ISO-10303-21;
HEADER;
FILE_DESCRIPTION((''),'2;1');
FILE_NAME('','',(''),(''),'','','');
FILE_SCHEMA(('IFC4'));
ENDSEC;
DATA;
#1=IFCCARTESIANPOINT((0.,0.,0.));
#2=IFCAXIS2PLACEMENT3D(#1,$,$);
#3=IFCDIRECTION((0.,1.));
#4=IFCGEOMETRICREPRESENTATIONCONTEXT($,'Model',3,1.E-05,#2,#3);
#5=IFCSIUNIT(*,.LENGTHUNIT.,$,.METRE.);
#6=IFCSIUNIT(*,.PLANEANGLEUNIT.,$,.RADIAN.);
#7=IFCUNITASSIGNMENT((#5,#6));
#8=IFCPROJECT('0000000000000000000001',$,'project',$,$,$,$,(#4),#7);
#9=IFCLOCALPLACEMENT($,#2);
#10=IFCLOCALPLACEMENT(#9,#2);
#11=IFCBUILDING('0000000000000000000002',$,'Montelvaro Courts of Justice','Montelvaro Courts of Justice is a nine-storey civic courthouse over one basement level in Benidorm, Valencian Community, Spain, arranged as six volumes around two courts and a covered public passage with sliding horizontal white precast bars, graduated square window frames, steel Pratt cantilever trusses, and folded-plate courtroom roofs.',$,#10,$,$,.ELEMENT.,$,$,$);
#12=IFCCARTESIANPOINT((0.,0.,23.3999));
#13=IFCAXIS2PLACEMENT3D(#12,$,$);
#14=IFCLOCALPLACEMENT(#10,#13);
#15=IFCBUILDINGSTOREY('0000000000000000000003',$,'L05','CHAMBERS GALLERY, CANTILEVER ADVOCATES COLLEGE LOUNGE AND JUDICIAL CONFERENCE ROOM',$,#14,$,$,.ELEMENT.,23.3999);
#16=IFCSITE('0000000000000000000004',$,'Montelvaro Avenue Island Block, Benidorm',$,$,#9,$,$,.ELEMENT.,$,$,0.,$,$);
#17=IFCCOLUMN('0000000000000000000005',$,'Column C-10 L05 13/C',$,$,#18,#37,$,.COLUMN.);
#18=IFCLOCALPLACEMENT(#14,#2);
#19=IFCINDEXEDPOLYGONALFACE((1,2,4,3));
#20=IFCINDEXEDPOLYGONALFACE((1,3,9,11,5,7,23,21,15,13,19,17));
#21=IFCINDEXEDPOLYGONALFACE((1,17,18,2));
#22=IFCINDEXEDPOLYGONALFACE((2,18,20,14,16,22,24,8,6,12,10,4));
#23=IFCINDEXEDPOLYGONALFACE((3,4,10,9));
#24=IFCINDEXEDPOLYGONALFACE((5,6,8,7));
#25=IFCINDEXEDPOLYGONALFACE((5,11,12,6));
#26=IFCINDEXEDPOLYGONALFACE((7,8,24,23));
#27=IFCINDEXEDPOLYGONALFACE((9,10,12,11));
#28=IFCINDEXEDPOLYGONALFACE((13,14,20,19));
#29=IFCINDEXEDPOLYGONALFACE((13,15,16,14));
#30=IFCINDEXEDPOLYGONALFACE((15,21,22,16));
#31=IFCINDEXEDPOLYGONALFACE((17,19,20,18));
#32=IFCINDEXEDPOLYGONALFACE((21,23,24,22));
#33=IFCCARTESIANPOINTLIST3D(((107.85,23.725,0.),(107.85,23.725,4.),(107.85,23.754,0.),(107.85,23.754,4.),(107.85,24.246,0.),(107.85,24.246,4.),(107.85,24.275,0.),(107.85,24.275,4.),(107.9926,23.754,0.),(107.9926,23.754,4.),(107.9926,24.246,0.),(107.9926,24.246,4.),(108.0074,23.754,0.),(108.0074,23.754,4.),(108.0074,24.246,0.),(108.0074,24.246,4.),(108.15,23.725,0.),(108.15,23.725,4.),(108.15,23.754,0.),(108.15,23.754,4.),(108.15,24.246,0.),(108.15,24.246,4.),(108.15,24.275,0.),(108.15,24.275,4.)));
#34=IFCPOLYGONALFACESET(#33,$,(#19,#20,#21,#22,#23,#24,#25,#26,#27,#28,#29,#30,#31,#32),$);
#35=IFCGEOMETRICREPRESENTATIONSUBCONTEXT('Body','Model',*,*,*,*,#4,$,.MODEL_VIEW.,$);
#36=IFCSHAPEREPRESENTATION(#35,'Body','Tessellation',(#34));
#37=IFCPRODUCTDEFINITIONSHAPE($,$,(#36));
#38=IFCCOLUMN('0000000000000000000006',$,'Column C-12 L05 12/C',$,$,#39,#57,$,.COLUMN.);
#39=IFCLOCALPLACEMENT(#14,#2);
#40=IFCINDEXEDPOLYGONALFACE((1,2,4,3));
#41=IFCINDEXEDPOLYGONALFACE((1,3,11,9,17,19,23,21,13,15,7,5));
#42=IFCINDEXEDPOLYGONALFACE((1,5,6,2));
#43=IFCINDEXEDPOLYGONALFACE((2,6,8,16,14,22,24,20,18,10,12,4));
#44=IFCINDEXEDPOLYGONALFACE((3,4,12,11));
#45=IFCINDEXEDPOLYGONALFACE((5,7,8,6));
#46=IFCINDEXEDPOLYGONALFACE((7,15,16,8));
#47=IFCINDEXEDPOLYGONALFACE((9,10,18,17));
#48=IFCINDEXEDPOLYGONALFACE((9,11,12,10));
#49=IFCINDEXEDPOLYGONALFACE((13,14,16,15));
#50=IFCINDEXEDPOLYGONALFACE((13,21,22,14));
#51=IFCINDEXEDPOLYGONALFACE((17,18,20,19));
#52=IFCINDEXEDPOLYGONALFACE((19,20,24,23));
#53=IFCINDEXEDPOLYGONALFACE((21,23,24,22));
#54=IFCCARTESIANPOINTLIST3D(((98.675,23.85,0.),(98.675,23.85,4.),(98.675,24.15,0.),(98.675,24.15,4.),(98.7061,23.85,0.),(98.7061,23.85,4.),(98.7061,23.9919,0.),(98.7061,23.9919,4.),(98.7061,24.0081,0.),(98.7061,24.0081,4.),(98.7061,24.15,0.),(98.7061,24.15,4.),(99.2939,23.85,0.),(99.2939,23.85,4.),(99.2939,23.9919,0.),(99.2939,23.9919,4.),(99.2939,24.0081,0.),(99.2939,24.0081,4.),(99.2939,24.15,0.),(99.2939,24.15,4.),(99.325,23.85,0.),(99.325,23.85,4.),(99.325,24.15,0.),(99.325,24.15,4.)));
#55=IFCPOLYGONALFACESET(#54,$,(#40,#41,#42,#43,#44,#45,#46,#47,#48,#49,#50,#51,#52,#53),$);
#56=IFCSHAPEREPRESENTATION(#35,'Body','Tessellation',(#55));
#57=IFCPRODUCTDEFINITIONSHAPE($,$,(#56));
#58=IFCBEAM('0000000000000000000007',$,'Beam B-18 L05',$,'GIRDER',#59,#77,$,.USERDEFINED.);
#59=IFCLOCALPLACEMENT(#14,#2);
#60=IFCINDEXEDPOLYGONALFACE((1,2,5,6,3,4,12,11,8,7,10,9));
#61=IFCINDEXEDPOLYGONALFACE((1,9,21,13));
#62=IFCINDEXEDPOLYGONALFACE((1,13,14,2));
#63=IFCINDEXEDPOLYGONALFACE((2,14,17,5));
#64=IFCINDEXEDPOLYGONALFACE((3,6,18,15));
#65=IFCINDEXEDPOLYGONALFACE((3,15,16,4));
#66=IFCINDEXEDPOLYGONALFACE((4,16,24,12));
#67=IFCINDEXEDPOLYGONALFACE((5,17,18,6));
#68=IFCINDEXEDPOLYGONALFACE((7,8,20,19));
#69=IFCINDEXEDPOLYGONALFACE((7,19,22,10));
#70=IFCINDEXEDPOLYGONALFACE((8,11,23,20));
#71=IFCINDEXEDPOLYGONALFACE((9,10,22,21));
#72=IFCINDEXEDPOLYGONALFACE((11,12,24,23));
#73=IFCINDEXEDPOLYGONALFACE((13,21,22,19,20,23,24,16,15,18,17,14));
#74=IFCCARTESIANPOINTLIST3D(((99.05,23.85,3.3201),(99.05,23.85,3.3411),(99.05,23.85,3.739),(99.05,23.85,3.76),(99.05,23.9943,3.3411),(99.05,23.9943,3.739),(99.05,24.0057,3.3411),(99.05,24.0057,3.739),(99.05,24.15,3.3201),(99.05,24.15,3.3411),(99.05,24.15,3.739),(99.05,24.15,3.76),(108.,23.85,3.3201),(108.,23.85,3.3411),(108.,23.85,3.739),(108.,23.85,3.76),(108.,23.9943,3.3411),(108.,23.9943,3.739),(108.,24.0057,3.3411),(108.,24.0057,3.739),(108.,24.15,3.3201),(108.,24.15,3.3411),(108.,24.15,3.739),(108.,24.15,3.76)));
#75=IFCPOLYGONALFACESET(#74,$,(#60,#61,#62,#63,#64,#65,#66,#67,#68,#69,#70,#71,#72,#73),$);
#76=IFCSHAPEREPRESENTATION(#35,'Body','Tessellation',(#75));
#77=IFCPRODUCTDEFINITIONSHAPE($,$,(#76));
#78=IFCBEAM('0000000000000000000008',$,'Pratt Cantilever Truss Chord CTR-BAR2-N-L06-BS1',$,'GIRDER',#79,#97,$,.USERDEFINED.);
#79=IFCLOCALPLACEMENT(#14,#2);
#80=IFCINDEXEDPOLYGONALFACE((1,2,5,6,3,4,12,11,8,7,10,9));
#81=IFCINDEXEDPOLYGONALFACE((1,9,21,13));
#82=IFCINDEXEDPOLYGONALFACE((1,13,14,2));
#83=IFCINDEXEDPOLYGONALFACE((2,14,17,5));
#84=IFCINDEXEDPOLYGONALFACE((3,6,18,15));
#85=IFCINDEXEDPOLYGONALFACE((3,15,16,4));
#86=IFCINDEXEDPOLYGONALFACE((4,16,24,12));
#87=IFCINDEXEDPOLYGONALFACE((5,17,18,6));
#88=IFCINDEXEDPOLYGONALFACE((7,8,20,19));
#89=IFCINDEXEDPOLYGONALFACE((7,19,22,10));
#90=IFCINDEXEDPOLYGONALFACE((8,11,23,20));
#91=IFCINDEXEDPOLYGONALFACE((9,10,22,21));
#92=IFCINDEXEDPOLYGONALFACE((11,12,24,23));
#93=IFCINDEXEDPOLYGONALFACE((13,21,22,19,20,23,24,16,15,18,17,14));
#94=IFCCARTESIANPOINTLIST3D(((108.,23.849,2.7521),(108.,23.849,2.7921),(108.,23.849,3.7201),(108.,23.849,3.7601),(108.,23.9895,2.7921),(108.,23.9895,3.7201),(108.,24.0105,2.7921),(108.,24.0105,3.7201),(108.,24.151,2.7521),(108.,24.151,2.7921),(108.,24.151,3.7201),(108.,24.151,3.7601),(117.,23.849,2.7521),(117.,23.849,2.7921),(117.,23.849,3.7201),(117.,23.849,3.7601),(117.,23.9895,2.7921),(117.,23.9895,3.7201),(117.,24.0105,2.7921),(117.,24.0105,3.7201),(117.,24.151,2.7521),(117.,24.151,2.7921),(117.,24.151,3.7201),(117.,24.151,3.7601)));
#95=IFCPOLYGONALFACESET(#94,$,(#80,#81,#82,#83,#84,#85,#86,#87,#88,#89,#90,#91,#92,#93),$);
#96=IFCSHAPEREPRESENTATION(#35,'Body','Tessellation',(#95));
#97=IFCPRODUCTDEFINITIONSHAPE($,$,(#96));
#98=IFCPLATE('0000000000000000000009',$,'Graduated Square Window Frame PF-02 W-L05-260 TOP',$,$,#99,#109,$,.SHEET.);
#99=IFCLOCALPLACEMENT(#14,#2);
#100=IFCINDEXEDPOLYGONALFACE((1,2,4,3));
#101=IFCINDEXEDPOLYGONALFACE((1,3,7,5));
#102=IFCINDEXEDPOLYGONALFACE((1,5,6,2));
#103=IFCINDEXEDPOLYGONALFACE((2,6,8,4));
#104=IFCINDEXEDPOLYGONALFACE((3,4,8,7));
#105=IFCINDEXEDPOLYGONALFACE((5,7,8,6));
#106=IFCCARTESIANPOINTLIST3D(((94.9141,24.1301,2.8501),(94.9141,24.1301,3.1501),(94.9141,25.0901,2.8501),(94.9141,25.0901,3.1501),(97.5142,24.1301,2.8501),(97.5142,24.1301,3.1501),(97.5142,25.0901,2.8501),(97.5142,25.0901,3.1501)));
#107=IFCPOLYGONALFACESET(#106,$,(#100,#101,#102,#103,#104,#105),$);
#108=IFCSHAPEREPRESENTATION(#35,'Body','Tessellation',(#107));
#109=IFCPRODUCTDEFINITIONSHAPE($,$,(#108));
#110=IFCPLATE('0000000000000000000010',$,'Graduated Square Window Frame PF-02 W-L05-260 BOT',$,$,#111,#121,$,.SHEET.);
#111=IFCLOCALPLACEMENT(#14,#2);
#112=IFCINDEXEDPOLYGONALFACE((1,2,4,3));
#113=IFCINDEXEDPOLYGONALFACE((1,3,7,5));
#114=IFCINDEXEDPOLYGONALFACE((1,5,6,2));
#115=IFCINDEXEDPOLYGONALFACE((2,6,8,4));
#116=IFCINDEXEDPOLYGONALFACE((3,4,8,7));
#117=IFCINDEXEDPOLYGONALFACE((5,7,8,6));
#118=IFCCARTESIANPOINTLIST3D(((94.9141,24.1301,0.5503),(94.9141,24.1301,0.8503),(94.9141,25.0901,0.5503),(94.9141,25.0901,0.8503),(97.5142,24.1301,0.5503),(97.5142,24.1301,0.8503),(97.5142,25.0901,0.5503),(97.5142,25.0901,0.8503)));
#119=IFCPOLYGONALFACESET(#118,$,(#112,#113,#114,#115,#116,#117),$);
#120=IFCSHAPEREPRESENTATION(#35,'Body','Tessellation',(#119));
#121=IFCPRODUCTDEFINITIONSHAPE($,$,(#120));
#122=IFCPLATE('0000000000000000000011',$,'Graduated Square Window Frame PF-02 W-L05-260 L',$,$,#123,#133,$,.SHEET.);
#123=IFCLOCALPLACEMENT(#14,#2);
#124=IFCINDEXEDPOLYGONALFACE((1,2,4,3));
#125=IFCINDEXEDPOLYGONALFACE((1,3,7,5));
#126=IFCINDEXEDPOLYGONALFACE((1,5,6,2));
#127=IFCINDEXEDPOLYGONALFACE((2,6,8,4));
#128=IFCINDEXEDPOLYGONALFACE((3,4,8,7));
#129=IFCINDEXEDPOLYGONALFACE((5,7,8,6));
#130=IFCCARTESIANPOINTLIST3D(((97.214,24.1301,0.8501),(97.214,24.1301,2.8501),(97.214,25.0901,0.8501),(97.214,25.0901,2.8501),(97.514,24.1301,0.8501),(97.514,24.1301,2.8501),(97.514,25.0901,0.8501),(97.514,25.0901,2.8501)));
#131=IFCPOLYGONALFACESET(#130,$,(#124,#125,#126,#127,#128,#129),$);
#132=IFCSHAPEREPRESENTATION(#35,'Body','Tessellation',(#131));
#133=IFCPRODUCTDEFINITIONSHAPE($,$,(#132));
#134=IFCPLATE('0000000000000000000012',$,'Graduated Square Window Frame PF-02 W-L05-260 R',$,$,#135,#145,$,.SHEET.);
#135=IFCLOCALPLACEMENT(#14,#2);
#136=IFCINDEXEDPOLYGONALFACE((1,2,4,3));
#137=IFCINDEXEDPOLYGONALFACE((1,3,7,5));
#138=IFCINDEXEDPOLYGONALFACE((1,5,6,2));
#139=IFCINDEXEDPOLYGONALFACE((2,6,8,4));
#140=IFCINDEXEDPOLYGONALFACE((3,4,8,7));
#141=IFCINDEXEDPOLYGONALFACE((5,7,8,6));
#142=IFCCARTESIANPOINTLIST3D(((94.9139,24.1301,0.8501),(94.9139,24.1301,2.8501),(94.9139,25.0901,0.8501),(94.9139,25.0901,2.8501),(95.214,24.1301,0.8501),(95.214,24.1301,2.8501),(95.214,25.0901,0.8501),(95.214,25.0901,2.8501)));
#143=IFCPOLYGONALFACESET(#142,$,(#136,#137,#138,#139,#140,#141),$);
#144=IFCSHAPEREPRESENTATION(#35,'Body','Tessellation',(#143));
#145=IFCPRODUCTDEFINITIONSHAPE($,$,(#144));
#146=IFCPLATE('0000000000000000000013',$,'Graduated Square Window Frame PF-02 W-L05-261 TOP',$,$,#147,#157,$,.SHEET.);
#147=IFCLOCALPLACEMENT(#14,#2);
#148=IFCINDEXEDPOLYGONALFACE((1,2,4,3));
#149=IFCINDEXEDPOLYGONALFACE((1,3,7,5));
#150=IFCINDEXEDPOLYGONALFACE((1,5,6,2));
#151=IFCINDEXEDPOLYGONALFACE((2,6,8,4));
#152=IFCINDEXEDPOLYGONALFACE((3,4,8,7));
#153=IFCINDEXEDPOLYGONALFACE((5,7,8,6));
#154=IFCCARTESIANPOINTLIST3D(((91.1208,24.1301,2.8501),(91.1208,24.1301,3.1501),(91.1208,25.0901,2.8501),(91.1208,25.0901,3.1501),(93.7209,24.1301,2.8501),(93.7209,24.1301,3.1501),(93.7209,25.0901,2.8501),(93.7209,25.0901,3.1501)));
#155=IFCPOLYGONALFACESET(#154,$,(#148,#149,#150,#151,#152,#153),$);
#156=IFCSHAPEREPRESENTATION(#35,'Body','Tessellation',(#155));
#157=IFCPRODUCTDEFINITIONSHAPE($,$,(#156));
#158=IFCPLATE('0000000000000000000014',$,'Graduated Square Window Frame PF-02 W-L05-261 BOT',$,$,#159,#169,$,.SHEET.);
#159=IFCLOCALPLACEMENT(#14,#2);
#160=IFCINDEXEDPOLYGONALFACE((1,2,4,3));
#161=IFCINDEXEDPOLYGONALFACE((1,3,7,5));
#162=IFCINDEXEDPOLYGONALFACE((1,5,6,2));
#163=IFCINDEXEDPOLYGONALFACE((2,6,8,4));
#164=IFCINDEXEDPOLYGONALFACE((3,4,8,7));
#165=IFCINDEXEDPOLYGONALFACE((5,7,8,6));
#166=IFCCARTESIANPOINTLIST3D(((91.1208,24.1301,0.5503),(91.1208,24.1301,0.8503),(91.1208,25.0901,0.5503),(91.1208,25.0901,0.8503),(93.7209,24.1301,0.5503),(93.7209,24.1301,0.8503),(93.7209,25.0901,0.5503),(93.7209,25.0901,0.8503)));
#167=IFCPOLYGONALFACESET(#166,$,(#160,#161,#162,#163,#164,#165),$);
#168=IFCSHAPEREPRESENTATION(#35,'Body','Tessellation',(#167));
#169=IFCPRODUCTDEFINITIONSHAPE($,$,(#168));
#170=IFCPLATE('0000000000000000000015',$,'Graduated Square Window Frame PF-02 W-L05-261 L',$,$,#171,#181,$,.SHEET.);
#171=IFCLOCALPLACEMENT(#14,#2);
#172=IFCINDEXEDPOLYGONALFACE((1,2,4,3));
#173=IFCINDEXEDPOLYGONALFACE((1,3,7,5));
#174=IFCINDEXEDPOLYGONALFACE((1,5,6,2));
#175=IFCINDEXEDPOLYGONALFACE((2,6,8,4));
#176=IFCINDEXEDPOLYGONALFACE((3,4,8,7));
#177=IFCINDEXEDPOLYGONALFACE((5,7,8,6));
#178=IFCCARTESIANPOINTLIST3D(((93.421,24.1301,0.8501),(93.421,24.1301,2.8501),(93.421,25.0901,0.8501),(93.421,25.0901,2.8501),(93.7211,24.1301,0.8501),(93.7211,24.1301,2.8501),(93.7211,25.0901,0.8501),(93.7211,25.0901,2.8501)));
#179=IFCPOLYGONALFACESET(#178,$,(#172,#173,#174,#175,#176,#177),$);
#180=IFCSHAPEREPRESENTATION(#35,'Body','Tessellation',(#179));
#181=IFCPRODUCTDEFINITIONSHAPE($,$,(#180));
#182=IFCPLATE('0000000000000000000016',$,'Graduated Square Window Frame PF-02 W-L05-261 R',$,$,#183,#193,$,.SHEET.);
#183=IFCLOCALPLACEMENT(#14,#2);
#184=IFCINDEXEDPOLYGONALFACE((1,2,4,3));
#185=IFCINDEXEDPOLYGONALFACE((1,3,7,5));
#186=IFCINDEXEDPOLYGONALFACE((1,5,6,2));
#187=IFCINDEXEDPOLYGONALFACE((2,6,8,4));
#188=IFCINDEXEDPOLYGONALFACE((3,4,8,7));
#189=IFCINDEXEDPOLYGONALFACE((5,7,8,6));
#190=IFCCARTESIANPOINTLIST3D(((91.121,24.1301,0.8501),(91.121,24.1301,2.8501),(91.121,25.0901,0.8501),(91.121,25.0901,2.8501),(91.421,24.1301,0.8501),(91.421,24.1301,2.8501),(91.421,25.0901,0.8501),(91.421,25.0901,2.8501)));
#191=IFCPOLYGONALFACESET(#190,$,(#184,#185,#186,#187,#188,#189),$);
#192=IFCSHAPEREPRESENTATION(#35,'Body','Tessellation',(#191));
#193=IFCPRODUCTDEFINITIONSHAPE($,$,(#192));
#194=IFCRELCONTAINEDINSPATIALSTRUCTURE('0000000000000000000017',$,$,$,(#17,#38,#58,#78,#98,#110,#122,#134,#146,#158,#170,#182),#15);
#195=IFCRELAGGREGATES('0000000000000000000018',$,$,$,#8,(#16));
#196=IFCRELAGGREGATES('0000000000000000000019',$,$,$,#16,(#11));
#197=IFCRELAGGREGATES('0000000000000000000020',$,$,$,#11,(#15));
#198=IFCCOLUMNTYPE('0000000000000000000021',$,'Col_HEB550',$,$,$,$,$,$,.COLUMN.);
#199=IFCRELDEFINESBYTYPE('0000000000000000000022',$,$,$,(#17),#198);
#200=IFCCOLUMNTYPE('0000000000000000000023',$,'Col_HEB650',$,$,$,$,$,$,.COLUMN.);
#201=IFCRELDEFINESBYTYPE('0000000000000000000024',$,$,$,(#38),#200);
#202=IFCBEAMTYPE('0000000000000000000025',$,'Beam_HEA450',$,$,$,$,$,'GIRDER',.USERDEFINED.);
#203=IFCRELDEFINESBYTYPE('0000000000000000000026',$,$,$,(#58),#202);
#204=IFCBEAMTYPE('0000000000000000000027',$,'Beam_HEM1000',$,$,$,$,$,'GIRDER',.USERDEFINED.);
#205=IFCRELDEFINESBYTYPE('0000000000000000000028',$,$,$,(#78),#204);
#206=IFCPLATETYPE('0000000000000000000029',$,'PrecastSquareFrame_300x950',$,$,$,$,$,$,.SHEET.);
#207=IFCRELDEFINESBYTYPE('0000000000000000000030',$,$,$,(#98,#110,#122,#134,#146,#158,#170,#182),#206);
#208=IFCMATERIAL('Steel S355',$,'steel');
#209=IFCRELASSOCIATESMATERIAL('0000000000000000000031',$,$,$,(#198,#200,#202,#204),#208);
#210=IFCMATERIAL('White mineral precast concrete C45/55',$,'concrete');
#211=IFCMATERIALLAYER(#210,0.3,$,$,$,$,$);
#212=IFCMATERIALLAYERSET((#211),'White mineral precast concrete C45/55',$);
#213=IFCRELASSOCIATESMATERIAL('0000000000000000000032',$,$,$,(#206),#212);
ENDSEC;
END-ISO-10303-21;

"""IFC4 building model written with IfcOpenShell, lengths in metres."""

from ifc_helpers import new_model, si_unit, direction, frame, origin, origin_2d, place, context, subcontext, project, spatial, rectangle, i_section, extrude, material, layer, layer_set, material_profile, profile_set, type_object, element, save


model = new_model("IFC4")

# Units and contexts
model_context = context("Model", 3, precision=1e-05, world=origin(), true_north=direction((0.0, 1.0)))
body_context = subcontext(model_context, "Body", "Model", "MODEL_VIEW")
ifc_project = project(units=[si_unit("LENGTHUNIT", "METRE"), si_unit("PLANEANGLEUNIT", "RADIAN")], contexts=[model_context])

# Site, building, storey
site_placement = place(None, origin())
site = spatial("IfcSite", under=ifc_project, at=site_placement, Name="Montelvaro Avenue Island Block, Benidorm", CompositionType="ELEMENT", RefElevation=0.0)
building_placement = place(site_placement, origin())
building = spatial("IfcBuilding", under=site, at=building_placement, Name="Montelvaro Courts of Justice", Description="Montelvaro Courts of Justice is a nine-storey civic courthouse over one basement level in Benidorm, Valencian Community, Spain, arranged as six volumes around two courts and a covered public passage with sliding horizontal white precast bars, graduated square window frames, steel Pratt cantilever trusses, and folded-plate courtroom roofs.", CompositionType="ELEMENT")
storey_placement = place(building_placement, frame((0.0, 0.0, 23.3999)))
storey = spatial("IfcBuildingStorey", under=building, at=storey_placement, Name="L05", Description="CHAMBERS GALLERY, CANTILEVER ADVOCATES COLLEGE LOUNGE AND JUDICIAL CONFERENCE ROOM", CompositionType="ELEMENT", Elevation=23.3999)

# Columns
ifc_material_1 = material(Name="Steel S355", Category="steel")
ifc_material_profile_1 = material_profile(ifc_material_1, i_section(OverallWidth=0.3, OverallDepth=0.55, WebThickness=0.0149, FlangeThickness=0.0291, at=origin_2d()), Name="HEB 550")
ifc_profile_set_1 = profile_set([ifc_material_profile_1], Name="Steel S355")
column_type_1 = type_object("IfcColumnType", Name="Col_HEB550", PredefinedType="COLUMN", material=ifc_profile_set_1)
column_1_placement = place(storey_placement, frame((108.0, 24.0, 0.0), z_axis=(0.0, 0.0, 1.0), x_axis=(1.0, 0.0, 0.0)))
element("IfcColumn", 1, at=column_1_placement, inside=storey, type_object=column_type_1, Name="Column C-10 L05 13/C", PredefinedType="COLUMN", context=body_context, shape_type="SweptSolid", body=[
    extrude(i_section(OverallWidth=0.3, OverallDepth=0.55, WebThickness=0.0149, FlangeThickness=0.0291, at=origin_2d()), origin(), (0.0, 0.0, 1.0), 4.0),
])
ifc_material_profile_2 = material_profile(ifc_material_1, i_section(OverallWidth=0.3, OverallDepth=0.6499, WebThickness=0.0161, FlangeThickness=0.031, at=origin_2d()), Name="HEB 650")
ifc_profile_set_2 = profile_set([ifc_material_profile_2], Name="Steel S355")
column_type_2 = type_object("IfcColumnType", Name="Col_HEB650", PredefinedType="COLUMN", material=ifc_profile_set_2)
column_2_placement = place(storey_placement, frame((99.0, 24.0, 0.0), z_axis=(0.0, 0.0, 1.0), x_axis=(0.0, 1.0, 0.0)))
element("IfcColumn", 2, at=column_2_placement, inside=storey, type_object=column_type_2, Name="Column C-12 L05 12/C", PredefinedType="COLUMN", context=body_context, shape_type="SweptSolid", body=[
    extrude(i_section(OverallWidth=0.3, OverallDepth=0.6499, WebThickness=0.0161, FlangeThickness=0.031, at=origin_2d()), origin(), (0.0, 0.0, 1.0), 4.0),
])

# Beams
ifc_material_profile_3 = material_profile(ifc_material_1, i_section(OverallWidth=0.3, OverallDepth=0.4399, WebThickness=0.0115, FlangeThickness=0.021, at=origin_2d()), Name="HEA 450")
ifc_profile_set_3 = profile_set([ifc_material_profile_3], Name="Steel S355")
beam_type_1 = type_object("IfcBeamType", Name="Beam_HEA450", ElementType="GIRDER", PredefinedType="USERDEFINED", material=ifc_profile_set_3)
beam_1_placement = place(storey_placement, frame((99.05, 24.0, 3.54), z_axis=(1.0, 0.0, 0.0), x_axis=(0.0, 1.0, 0.0)))
element("IfcBeam", 3, at=beam_1_placement, inside=storey, type_object=beam_type_1, Name="Beam B-18 L05", ObjectType="GIRDER", PredefinedType="USERDEFINED", context=body_context, shape_type="SweptSolid", body=[
    extrude(i_section(OverallWidth=0.3, OverallDepth=0.4399, WebThickness=0.0115, FlangeThickness=0.021, at=origin_2d()), origin(), (0.0, 0.0, 1.0), 8.95),
])
ifc_material_profile_4 = material_profile(ifc_material_1, i_section(OverallWidth=0.302, OverallDepth=1.0081, WebThickness=0.021, FlangeThickness=0.04, at=origin_2d()), Name="HEM 1000")
ifc_profile_set_4 = profile_set([ifc_material_profile_4], Name="Steel S355")
beam_type_2 = type_object("IfcBeamType", Name="Beam_HEM1000", ElementType="GIRDER", PredefinedType="USERDEFINED", material=ifc_profile_set_4)
beam_2_placement = place(storey_placement, frame((108.0, 24.0, 3.2561), z_axis=(1.0, 0.0, 0.0), x_axis=(0.0, 1.0, 0.0)))
element("IfcBeam", 4, at=beam_2_placement, inside=storey, type_object=beam_type_2, Name="Pratt Cantilever Truss Chord CTR-BAR2-N-L06-BS1", ObjectType="GIRDER", PredefinedType="USERDEFINED", context=body_context, shape_type="SweptSolid", body=[
    extrude(i_section(OverallWidth=0.302, OverallDepth=1.0081, WebThickness=0.021, FlangeThickness=0.04, at=origin_2d()), origin(), (0.0, 0.0, 1.0), 9.0),
])

# Plates
ifc_material_2 = material(Name="White mineral precast concrete C45/55", Category="concrete")
ifc_layer_1 = layer(ifc_material_2, 0.3)
ifc_layer_set_1 = layer_set([ifc_layer_1], Name="White mineral precast concrete C45/55")
plate_type = type_object("IfcPlateType", Name="PrecastSquareFrame_300x950", PredefinedType="SHEET", material=ifc_layer_set_1)
for number, where, z_axis, x_axis, name in (
    (5, (96.2141, 24.6101, 2.8501), (0.0, 0.0, 1.0), (-1.0, 0.0, 0.0), "Graduated Square Window Frame PF-02 W-L05-260 TOP"),
    (6, (96.2141, 24.6101, 0.5503), (0.0, 0.0, 1.0), (-1.0, 0.0, 0.0), "Graduated Square Window Frame PF-02 W-L05-260 BOT"),
):
    element("IfcPlate", number, at=place(storey_placement, frame(where, z_axis=z_axis, x_axis=x_axis)), inside=storey, type_object=plate_type, Name=name, PredefinedType="SHEET", context=body_context, shape_type="SweptSolid", body=[
        extrude(rectangle(XDim=2.6001, YDim=0.96, at=origin_2d()), origin(), (0.0, 0.0, 1.0), 0.3),
    ])
for number, where, z_axis, x_axis, name in (
    (7, (97.364, 24.6101, 0.8501), (0.0, 0.0, 1.0), (-1.0, 0.0, 0.0), "Graduated Square Window Frame PF-02 W-L05-260 L"),
    (8, (95.064, 24.6101, 0.8501), (0.0, 0.0, 1.0), (-1.0, 0.0, 0.0), "Graduated Square Window Frame PF-02 W-L05-260 R"),
):
    element("IfcPlate", number, at=place(storey_placement, frame(where, z_axis=z_axis, x_axis=x_axis)), inside=storey, type_object=plate_type, Name=name, PredefinedType="SHEET", context=body_context, shape_type="SweptSolid", body=[
        extrude(rectangle(XDim=0.3, YDim=0.96, at=origin_2d()), origin(), (0.0, 0.0, 1.0), 2.0),
    ])
for number, where, z_axis, x_axis, name in (
    (9, (92.4209, 24.6101, 2.8501), (0.0, 0.0, 1.0), (-1.0, 0.0, 0.0), "Graduated Square Window Frame PF-02 W-L05-261 TOP"),
    (10, (92.4209, 24.6101, 0.5503), (0.0, 0.0, 1.0), (-1.0, 0.0, 0.0), "Graduated Square Window Frame PF-02 W-L05-261 BOT"),
):
    element("IfcPlate", number, at=place(storey_placement, frame(where, z_axis=z_axis, x_axis=x_axis)), inside=storey, type_object=plate_type, Name=name, PredefinedType="SHEET", context=body_context, shape_type="SweptSolid", body=[
        extrude(rectangle(XDim=2.6001, YDim=0.96, at=origin_2d()), origin(), (0.0, 0.0, 1.0), 0.3),
    ])
for number, where, z_axis, x_axis, name in (
    (11, (93.571, 24.6101, 0.8501), (0.0, 0.0, 1.0), (-1.0, 0.0, 0.0), "Graduated Square Window Frame PF-02 W-L05-261 L"),
    (12, (91.271, 24.6101, 0.8501), (0.0, 0.0, 1.0), (-1.0, 0.0, 0.0), "Graduated Square Window Frame PF-02 W-L05-261 R"),
):
    element("IfcPlate", number, at=place(storey_placement, frame(where, z_axis=z_axis, x_axis=x_axis)), inside=storey, type_object=plate_type, Name=name, PredefinedType="SHEET", context=body_context, shape_type="SweptSolid", body=[
        extrude(rectangle(XDim=0.3, YDim=0.96, at=origin_2d()), origin(), (0.0, 0.0, 1.0), 2.0),
    ])

save(model, "model.ifc")
